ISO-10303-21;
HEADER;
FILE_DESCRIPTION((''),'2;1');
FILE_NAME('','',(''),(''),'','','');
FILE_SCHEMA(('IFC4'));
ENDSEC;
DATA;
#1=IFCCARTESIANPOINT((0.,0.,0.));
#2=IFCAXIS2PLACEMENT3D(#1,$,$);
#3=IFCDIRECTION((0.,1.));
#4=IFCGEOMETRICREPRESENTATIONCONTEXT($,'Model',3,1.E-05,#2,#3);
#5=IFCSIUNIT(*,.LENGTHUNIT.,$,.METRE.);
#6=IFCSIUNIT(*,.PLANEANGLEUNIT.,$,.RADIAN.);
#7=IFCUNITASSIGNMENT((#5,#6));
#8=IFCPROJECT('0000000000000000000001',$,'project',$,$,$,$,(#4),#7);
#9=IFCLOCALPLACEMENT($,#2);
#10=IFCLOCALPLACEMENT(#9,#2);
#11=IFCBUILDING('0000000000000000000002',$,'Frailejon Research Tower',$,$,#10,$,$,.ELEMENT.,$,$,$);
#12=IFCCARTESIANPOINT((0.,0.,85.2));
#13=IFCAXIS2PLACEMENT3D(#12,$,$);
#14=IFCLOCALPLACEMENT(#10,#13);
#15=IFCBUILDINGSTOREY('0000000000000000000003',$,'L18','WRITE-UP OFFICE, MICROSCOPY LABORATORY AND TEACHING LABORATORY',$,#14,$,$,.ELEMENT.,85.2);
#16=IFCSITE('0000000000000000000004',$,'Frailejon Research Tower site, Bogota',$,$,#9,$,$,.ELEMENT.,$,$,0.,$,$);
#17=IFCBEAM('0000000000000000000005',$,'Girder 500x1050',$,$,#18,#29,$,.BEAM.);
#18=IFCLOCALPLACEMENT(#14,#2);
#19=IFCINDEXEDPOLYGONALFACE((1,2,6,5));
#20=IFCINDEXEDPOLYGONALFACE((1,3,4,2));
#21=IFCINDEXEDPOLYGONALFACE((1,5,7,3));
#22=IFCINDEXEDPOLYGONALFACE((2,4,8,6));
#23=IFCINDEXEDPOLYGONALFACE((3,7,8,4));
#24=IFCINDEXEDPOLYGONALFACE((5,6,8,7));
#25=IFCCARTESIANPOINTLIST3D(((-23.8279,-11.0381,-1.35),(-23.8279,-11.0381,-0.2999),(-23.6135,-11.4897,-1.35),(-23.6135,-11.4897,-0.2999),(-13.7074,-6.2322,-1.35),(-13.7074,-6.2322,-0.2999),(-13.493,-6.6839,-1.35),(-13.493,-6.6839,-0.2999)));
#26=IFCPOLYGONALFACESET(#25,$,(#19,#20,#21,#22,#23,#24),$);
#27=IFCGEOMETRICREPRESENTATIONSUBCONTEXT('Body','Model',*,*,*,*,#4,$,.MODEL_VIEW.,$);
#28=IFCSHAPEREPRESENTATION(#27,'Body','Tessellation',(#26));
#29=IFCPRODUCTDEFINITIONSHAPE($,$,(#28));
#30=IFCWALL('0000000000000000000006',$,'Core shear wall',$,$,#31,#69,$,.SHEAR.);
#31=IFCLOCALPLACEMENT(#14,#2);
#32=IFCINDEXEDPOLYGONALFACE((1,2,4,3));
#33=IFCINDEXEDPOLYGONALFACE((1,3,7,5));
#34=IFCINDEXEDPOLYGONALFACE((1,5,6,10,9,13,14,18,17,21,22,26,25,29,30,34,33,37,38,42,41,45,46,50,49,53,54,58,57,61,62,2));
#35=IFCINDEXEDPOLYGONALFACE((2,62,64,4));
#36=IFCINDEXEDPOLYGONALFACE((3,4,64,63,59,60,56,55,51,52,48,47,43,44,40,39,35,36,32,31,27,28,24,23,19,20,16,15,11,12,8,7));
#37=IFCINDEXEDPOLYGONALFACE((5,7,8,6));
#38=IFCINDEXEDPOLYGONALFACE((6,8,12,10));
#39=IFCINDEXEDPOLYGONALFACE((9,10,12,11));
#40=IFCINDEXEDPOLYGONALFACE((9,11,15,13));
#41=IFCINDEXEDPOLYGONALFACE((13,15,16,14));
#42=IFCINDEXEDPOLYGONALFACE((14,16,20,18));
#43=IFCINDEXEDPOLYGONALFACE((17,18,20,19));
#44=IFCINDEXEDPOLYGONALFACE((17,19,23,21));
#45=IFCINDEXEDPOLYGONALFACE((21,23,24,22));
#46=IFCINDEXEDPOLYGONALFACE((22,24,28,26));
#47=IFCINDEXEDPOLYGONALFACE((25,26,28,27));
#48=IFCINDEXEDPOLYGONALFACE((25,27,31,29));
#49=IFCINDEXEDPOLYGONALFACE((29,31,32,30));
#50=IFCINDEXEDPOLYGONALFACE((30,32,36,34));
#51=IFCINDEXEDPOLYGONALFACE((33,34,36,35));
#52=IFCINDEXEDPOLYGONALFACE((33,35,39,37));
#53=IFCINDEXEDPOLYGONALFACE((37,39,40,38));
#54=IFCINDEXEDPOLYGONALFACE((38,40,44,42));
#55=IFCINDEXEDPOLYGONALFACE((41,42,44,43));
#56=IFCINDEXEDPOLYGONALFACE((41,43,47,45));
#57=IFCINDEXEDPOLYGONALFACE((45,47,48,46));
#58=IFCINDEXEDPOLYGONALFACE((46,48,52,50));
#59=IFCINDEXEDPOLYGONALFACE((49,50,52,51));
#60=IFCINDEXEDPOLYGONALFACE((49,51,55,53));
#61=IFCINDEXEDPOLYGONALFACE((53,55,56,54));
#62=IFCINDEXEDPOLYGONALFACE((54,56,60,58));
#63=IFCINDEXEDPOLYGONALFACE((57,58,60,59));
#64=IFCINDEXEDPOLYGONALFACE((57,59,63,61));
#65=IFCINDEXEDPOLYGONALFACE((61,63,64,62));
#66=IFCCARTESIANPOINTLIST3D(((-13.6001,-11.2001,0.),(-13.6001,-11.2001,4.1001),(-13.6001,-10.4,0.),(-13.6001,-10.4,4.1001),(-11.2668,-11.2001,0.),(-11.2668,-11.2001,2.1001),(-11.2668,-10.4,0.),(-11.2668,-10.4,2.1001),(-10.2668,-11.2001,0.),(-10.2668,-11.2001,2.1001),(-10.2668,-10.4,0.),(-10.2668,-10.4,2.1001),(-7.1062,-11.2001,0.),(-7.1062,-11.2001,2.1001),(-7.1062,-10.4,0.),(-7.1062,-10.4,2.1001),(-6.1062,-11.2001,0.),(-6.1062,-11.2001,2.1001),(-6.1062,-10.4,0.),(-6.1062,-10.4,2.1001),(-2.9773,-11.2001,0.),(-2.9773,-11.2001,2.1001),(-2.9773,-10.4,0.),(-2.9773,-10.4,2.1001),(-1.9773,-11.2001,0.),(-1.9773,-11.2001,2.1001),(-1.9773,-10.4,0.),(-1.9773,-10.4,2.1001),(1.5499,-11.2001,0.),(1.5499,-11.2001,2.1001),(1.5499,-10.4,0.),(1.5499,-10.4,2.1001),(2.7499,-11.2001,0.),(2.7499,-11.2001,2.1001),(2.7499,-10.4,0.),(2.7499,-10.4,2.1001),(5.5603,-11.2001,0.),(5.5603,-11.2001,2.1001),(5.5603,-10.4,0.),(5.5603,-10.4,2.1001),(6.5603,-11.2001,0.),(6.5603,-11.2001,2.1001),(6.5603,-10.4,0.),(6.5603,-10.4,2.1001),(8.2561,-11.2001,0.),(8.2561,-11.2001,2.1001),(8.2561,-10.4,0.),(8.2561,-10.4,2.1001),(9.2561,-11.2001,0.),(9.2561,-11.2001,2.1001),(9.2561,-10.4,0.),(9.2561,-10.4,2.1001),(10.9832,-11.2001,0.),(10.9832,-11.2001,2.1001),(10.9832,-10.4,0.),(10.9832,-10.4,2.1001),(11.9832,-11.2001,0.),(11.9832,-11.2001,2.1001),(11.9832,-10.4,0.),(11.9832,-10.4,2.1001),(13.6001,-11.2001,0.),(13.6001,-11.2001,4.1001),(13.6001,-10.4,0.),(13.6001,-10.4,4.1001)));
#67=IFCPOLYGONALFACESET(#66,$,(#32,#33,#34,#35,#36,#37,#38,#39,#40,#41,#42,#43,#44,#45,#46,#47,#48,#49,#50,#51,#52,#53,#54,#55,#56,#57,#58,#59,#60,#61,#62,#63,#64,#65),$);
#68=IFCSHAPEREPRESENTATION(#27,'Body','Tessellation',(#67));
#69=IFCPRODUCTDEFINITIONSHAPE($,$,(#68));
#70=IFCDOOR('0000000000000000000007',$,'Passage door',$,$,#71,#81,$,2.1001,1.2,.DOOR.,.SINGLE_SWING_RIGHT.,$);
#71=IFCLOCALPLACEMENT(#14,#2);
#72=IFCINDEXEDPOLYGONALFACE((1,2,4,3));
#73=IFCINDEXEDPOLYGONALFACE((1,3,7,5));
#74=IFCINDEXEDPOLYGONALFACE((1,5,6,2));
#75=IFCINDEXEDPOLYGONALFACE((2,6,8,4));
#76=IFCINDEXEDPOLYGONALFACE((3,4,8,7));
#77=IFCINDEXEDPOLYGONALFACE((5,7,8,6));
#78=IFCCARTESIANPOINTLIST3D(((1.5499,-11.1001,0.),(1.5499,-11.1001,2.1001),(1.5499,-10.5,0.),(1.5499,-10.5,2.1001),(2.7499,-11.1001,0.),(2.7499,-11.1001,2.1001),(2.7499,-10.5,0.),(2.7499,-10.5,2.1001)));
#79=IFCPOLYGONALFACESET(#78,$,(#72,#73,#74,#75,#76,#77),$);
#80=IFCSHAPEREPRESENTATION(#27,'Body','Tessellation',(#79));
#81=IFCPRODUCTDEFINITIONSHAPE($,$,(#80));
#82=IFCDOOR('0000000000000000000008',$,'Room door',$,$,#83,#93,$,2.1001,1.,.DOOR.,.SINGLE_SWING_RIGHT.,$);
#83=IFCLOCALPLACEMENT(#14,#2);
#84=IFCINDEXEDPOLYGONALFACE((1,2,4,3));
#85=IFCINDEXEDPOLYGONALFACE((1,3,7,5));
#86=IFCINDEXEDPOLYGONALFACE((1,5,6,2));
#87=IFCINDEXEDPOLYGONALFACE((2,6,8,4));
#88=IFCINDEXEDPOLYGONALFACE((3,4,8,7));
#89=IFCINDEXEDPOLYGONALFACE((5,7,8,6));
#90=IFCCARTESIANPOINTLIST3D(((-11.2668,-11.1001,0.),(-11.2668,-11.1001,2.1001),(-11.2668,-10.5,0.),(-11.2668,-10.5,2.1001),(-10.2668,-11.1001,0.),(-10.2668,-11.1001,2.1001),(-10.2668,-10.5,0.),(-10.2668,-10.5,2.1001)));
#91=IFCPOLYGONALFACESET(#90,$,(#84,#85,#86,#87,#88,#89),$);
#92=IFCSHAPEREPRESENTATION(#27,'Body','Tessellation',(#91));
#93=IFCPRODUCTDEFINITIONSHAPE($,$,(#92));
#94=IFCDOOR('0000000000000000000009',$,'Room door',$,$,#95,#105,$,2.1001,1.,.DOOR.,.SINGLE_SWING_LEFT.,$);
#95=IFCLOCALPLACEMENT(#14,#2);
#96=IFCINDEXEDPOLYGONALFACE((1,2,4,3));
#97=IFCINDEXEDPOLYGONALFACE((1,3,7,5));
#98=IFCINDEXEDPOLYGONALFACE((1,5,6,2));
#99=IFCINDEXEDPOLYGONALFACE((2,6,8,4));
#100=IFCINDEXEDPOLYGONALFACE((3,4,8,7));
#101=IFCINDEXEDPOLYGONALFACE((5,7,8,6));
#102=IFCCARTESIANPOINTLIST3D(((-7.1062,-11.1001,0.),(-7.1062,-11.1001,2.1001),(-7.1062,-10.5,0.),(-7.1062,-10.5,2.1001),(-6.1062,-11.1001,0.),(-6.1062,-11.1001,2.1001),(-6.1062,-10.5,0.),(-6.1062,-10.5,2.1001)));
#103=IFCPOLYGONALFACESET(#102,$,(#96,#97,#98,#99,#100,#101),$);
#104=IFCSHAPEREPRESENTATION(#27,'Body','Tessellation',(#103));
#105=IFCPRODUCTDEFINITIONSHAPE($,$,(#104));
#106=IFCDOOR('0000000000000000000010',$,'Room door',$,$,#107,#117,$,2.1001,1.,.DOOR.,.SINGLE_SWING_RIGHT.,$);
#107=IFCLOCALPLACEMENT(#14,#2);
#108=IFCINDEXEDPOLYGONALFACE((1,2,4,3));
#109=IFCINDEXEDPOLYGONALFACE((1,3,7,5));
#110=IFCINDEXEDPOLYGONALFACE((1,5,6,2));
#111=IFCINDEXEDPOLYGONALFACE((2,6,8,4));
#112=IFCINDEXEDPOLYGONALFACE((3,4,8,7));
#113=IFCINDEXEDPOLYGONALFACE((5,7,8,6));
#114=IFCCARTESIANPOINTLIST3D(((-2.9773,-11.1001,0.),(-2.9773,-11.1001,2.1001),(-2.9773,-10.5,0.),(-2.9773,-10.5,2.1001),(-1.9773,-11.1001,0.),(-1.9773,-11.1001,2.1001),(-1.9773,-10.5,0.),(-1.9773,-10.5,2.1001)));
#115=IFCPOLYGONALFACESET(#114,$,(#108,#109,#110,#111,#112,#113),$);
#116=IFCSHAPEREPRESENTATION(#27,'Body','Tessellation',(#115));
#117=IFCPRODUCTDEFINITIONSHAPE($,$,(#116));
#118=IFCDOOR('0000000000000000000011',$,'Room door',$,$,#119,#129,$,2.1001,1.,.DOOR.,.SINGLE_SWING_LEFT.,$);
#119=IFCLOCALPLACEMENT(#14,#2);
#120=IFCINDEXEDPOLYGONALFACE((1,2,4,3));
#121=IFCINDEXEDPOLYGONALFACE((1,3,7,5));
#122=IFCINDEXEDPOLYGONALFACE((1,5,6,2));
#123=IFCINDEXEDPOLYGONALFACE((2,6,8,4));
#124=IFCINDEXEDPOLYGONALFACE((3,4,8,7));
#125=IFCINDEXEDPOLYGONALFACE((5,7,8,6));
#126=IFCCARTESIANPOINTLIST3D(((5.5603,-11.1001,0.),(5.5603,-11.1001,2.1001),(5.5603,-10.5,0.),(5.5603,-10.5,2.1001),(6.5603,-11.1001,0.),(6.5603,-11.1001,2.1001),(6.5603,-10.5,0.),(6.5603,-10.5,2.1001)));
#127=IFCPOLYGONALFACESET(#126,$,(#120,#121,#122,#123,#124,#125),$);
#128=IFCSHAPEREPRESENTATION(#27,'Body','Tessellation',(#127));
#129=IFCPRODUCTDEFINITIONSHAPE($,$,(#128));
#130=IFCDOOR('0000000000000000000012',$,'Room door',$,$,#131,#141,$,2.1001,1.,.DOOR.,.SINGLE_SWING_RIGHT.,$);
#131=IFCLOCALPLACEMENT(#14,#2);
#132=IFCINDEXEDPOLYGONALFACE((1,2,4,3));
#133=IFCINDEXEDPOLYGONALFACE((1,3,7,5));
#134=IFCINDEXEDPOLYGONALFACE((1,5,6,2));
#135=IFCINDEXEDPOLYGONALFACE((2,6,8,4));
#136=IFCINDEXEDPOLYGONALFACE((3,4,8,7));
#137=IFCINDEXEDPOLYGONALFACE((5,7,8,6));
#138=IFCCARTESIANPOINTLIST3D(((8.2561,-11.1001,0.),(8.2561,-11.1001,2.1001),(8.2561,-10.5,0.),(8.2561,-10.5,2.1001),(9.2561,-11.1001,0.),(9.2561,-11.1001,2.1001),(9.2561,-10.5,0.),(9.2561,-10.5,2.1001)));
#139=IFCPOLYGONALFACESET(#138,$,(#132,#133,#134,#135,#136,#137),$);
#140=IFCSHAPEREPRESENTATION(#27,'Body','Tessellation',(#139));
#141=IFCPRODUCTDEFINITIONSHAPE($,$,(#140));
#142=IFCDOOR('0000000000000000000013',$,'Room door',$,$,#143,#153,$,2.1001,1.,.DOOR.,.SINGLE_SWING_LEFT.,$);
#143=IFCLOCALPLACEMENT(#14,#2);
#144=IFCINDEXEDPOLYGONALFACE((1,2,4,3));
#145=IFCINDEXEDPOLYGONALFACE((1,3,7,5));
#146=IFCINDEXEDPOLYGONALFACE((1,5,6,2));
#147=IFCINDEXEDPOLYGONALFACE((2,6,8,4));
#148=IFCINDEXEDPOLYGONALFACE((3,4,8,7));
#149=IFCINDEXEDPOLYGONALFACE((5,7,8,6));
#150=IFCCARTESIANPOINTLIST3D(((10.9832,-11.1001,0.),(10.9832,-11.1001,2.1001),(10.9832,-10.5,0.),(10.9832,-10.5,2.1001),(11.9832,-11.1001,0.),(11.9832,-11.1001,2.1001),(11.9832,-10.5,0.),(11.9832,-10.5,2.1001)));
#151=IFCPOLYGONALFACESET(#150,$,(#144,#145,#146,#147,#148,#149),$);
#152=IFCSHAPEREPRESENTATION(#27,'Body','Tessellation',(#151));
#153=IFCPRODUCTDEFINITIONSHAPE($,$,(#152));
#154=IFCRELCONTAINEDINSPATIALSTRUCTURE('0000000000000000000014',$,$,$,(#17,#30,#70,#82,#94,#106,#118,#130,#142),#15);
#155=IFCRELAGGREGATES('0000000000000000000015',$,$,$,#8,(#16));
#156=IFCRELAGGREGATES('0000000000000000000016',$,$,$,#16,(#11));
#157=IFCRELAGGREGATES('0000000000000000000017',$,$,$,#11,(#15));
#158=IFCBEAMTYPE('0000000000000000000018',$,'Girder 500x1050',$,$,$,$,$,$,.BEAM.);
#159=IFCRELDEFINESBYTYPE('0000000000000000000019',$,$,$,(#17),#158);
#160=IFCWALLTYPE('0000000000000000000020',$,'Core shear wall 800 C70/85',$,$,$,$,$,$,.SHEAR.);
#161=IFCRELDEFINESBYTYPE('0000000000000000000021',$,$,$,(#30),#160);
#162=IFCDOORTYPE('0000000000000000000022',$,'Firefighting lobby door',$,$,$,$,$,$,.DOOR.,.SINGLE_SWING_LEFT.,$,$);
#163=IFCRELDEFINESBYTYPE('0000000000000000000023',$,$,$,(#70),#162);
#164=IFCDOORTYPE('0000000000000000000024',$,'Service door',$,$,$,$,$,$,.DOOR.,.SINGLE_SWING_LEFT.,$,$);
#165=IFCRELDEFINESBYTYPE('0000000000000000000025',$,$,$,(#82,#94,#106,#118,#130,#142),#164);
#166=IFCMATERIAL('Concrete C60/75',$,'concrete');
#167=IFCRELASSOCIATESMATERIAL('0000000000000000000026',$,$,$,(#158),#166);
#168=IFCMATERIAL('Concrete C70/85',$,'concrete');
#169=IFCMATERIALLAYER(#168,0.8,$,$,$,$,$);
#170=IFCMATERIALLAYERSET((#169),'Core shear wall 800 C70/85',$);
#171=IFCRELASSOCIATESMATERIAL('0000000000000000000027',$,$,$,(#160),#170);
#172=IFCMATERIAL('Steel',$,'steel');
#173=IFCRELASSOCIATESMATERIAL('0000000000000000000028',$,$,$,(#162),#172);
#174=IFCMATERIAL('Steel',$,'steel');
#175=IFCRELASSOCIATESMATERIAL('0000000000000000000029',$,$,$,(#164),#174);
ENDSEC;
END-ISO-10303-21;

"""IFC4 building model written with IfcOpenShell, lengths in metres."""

from ifc_helpers import new_model, si_unit, direction, frame, frame_2d, origin, origin_2d, place, context, subcontext, project, spatial, rectangle, extrude, material, layer, layer_set, material_profile, profile_set, type_object, element, fill, save


model = new_model("IFC4")

# Units and contexts
model_context = context("Model", 3, precision=1e-05, world=origin(), true_north=direction((0.0, 1.0)))
body_context = subcontext(model_context, "Body", "Model", "MODEL_VIEW")
ifc_project = project(units=[si_unit("LENGTHUNIT", "METRE"), si_unit("PLANEANGLEUNIT", "RADIAN")], contexts=[model_context])

# Site, building, storey
site_placement = place(None, origin())
site = spatial("IfcSite", under=ifc_project, at=site_placement, Name="Frailejon Research Tower site, Bogota", CompositionType="ELEMENT", RefElevation=0.0)
building_placement = place(site_placement, origin())
building = spatial("IfcBuilding", under=site, at=building_placement, Name="Frailejon Research Tower", CompositionType="ELEMENT")
storey_placement = place(building_placement, frame((0.0, 0.0, 85.2)))
storey = spatial("IfcBuildingStorey", under=building, at=storey_placement, Name="L18", Description="WRITE-UP OFFICE, MICROSCOPY LABORATORY AND TEACHING LABORATORY", CompositionType="ELEMENT", Elevation=85.2)

# Beam
ifc_material_1 = material(Name="Concrete C60/75", Category="concrete")
ifc_material_profile = material_profile(ifc_material_1, rectangle(XDim=0.5, YDim=1.05, at=origin_2d()), Name="Girder 500x1050")
ifc_profile_set = profile_set([ifc_material_profile], Name="Concrete C60/75")
beam_type = type_object("IfcBeamType", Name="Girder 500x1050", PredefinedType="BEAM", material=ifc_profile_set)
beam_placement = place(storey_placement, frame((-23.7207, -11.2639, -0.825), z_axis=(0.903325, 0.428956, 0.0), x_axis=(-0.428956, 0.903325, 0.0)))
element("IfcBeam", 1, at=beam_placement, inside=storey, type_object=beam_type, Name="Girder 500x1050", PredefinedType="BEAM", context=body_context, shape_type="SweptSolid", body=[
    extrude(rectangle(XDim=0.5, YDim=1.05, at=origin_2d()), origin(), (0.0, 0.0, 1.0), 11.2036),
])

# Wall, openings, doors
ifc_material_2 = material(Name="Concrete C70/85", Category="concrete")
ifc_layer_1 = layer(ifc_material_2, 0.8)
ifc_layer_set_1 = layer_set([ifc_layer_1], Name="Core shear wall 800 C70/85")
wall_type_1 = type_object("IfcWallType", Name="Core shear wall 800 C70/85", PredefinedType="SHEAR", material=ifc_layer_set_1)
wall_1_placement = place(storey_placement, frame((-13.6001, -10.8, 0.0), z_axis=(0.0, 0.0, 1.0), x_axis=(1.0, 0.0, 0.0)))
wall_1 = element("IfcWall", 2, at=wall_1_placement, inside=storey, type_object=wall_type_1, Name="Core shear wall", PredefinedType="SHEAR", context=body_context, shape_type="SweptSolid", body=[
    extrude(rectangle(XDim=27.2002, YDim=0.8, at=frame_2d((13.6001, 0.0))), origin(), (0.0, 0.0, 1.0), 4.1001),
])
opening_1_placement = place(wall_1_placement, frame((2.3333, 0.0, 0.0)))
opening_1 = element("IfcOpeningElement", 3, at=opening_1_placement, cuts=wall_1, PredefinedType="OPENING", context=body_context, shape_type="SweptSolid", body=[
    extrude(rectangle(XDim=1.0, YDim=2.1001, at=frame_2d((0.5, 1.05))), frame((0.0, 0.4099, 0.0), z_axis=(0.0, -1.0, 0.0), x_axis=(1.0, 0.0, 0.0)), (0.0, 0.0, 1.0), 0.8201),
])
opening_2_placement = place(wall_1_placement, frame((6.4939, 0.0, 0.0)))
opening_2 = element("IfcOpeningElement", 4, at=opening_2_placement, cuts=wall_1, PredefinedType="OPENING", context=body_context, shape_type="SweptSolid", body=[
    extrude(rectangle(XDim=1.0, YDim=2.1001, at=frame_2d((0.5, 1.05))), frame((0.0, 0.4099, 0.0), z_axis=(0.0, -1.0, 0.0), x_axis=(1.0, 0.0, 0.0)), (0.0, 0.0, 1.0), 0.8201),
])
opening_3_placement = place(wall_1_placement, frame((10.6228, 0.0, 0.0)))
opening_3 = element("IfcOpeningElement", 5, at=opening_3_placement, cuts=wall_1, PredefinedType="OPENING", context=body_context, shape_type="SweptSolid", body=[
    extrude(rectangle(XDim=1.0, YDim=2.1001, at=frame_2d((0.5, 1.05))), frame((0.0, 0.4099, 0.0), z_axis=(0.0, -1.0, 0.0), x_axis=(1.0, 0.0, 0.0)), (0.0, 0.0, 1.0), 0.8201),
])
opening_4_placement = place(wall_1_placement, frame((19.1604, 0.0, 0.0)))
opening_4 = element("IfcOpeningElement", 6, at=opening_4_placement, cuts=wall_1, PredefinedType="OPENING", context=body_context, shape_type="SweptSolid", body=[
    extrude(rectangle(XDim=1.0, YDim=2.1001, at=frame_2d((0.5, 1.05))), frame((0.0, 0.4099, 0.0), z_axis=(0.0, -1.0, 0.0), x_axis=(1.0, 0.0, 0.0)), (0.0, 0.0, 1.0), 0.8201),
])
opening_5_placement = place(wall_1_placement, frame((21.8562, 0.0, 0.0)))
opening_5 = element("IfcOpeningElement", 7, at=opening_5_placement, cuts=wall_1, PredefinedType="OPENING", context=body_context, shape_type="SweptSolid", body=[
    extrude(rectangle(XDim=1.0, YDim=2.1001, at=frame_2d((0.5, 1.05))), frame((0.0, 0.4099, 0.0), z_axis=(0.0, -1.0, 0.0), x_axis=(1.0, 0.0, 0.0)), (0.0, 0.0, 1.0), 0.8201),
])
opening_6_placement = place(wall_1_placement, frame((24.5833, 0.0, 0.0)))
opening_6 = element("IfcOpeningElement", 8, at=opening_6_placement, cuts=wall_1, PredefinedType="OPENING", context=body_context, shape_type="SweptSolid", body=[
    extrude(rectangle(XDim=1.0, YDim=2.1001, at=frame_2d((0.5, 1.05))), frame((0.0, 0.4099, 0.0), z_axis=(0.0, -1.0, 0.0), x_axis=(1.0, 0.0, 0.0)), (0.0, 0.0, 1.0), 0.8201),
])
opening_7_placement = place(wall_1_placement, frame((15.1499, 0.0, 0.0)))
opening_7 = element("IfcOpeningElement", 9, at=opening_7_placement, cuts=wall_1, PredefinedType="OPENING", context=body_context, shape_type="SweptSolid", body=[
    extrude(rectangle(XDim=1.2, YDim=2.1001, at=frame_2d((0.6001, 1.05))), frame((0.0, 0.4099, 0.0), z_axis=(0.0, -1.0, 0.0), x_axis=(1.0, 0.0, 0.0)), (0.0, 0.0, 1.0), 0.8201),
])
ifc_material_3 = material(Name="Steel", Category="steel")
door_type_1 = type_object("IfcDoorType", Name="Firefighting lobby door", OperationType="SINGLE_SWING_LEFT", PredefinedType="DOOR", material=ifc_material_3)
door_1_placement = place(opening_7_placement, origin())
door_1 = element("IfcDoor", 10, at=door_1_placement, inside=storey, type_object=door_type_1, Name="Passage door", OperationType="SINGLE_SWING_RIGHT", OverallHeight=2.1001, OverallWidth=1.2, PredefinedType="DOOR", context=body_context, shape_type="SweptSolid", body=[
    extrude(rectangle(XDim=1.2, YDim=2.1001, at=frame_2d((0.6001, 1.05))), frame((0.0, 0.3, 0.0), z_axis=(0.0, -1.0, 0.0), x_axis=(1.0, 0.0, 0.0)), (0.0, 0.0, 1.0), 0.6001),
])
fill(opening_7, door_1)
ifc_material_4 = material(Name="Steel", Category="steel")
door_type_2 = type_object("IfcDoorType", Name="Service door", OperationType="SINGLE_SWING_LEFT", PredefinedType="DOOR", material=ifc_material_4)
door_2_placement = place(opening_1_placement, origin())
door_2 = element("IfcDoor", 11, at=door_2_placement, inside=storey, type_object=door_type_2, Name="Room door", OperationType="SINGLE_SWING_RIGHT", OverallHeight=2.1001, OverallWidth=1.0, PredefinedType="DOOR", context=body_context, shape_type="SweptSolid", body=[
    extrude(rectangle(XDim=1.0, YDim=2.1001, at=frame_2d((0.5, 1.05))), frame((0.0, 0.3, 0.0), z_axis=(0.0, -1.0, 0.0), x_axis=(1.0, 0.0, 0.0)), (0.0, 0.0, 1.0), 0.6001),
])
fill(opening_1, door_2)
door_3_placement = place(opening_2_placement, origin())
door_3 = element("IfcDoor", 12, at=door_3_placement, inside=storey, type_object=door_type_2, Name="Room door", OperationType="SINGLE_SWING_LEFT", OverallHeight=2.1001, OverallWidth=1.0, PredefinedType="DOOR", context=body_context, shape_type="SweptSolid", body=[
    extrude(rectangle(XDim=1.0, YDim=2.1001, at=frame_2d((0.5, 1.05))), frame((0.0, 0.3, 0.0), z_axis=(0.0, -1.0, 0.0), x_axis=(1.0, 0.0, 0.0)), (0.0, 0.0, 1.0), 0.6001),
])
fill(opening_2, door_3)
door_4_placement = place(opening_3_placement, origin())
door_4 = element("IfcDoor", 13, at=door_4_placement, inside=storey, type_object=door_type_2, Name="Room door", OperationType="SINGLE_SWING_RIGHT", OverallHeight=2.1001, OverallWidth=1.0, PredefinedType="DOOR", context=body_context, shape_type="SweptSolid", body=[
    extrude(rectangle(XDim=1.0, YDim=2.1001, at=frame_2d((0.5, 1.05))), frame((0.0, 0.3, 0.0), z_axis=(0.0, -1.0, 0.0), x_axis=(1.0, 0.0, 0.0)), (0.0, 0.0, 1.0), 0.6001),
])
fill(opening_3, door_4)
door_5_placement = place(opening_4_placement, origin())
door_5 = element("IfcDoor", 14, at=door_5_placement, inside=storey, type_object=door_type_2, Name="Room door", OperationType="SINGLE_SWING_LEFT", OverallHeight=2.1001, OverallWidth=1.0, PredefinedType="DOOR", context=body_context, shape_type="SweptSolid", body=[
    extrude(rectangle(XDim=1.0, YDim=2.1001, at=frame_2d((0.5, 1.05))), frame((0.0, 0.3, 0.0), z_axis=(0.0, -1.0, 0.0), x_axis=(1.0, 0.0, 0.0)), (0.0, 0.0, 1.0), 0.6001),
])
fill(opening_4, door_5)
door_6_placement = place(opening_5_placement, origin())
door_6 = element("IfcDoor", 15, at=door_6_placement, inside=storey, type_object=door_type_2, Name="Room door", OperationType="SINGLE_SWING_RIGHT", OverallHeight=2.1001, OverallWidth=1.0, PredefinedType="DOOR", context=body_context, shape_type="SweptSolid", body=[
    extrude(rectangle(XDim=1.0, YDim=2.1001, at=frame_2d((0.5, 1.05))), frame((0.0, 0.3, 0.0), z_axis=(0.0, -1.0, 0.0), x_axis=(1.0, 0.0, 0.0)), (0.0, 0.0, 1.0), 0.6001),
])
fill(opening_5, door_6)
door_7_placement = place(opening_6_placement, origin())
door_7 = element("IfcDoor", 16, at=door_7_placement, inside=storey, type_object=door_type_2, Name="Room door", OperationType="SINGLE_SWING_LEFT", OverallHeight=2.1001, OverallWidth=1.0, PredefinedType="DOOR", context=body_context, shape_type="SweptSolid", body=[
    extrude(rectangle(XDim=1.0, YDim=2.1001, at=frame_2d((0.5, 1.05))), frame((0.0, 0.3, 0.0), z_axis=(0.0, -1.0, 0.0), x_axis=(1.0, 0.0, 0.0)), (0.0, 0.0, 1.0), 0.6001),
])
fill(opening_6, door_7)

save(model, "model.ifc")
